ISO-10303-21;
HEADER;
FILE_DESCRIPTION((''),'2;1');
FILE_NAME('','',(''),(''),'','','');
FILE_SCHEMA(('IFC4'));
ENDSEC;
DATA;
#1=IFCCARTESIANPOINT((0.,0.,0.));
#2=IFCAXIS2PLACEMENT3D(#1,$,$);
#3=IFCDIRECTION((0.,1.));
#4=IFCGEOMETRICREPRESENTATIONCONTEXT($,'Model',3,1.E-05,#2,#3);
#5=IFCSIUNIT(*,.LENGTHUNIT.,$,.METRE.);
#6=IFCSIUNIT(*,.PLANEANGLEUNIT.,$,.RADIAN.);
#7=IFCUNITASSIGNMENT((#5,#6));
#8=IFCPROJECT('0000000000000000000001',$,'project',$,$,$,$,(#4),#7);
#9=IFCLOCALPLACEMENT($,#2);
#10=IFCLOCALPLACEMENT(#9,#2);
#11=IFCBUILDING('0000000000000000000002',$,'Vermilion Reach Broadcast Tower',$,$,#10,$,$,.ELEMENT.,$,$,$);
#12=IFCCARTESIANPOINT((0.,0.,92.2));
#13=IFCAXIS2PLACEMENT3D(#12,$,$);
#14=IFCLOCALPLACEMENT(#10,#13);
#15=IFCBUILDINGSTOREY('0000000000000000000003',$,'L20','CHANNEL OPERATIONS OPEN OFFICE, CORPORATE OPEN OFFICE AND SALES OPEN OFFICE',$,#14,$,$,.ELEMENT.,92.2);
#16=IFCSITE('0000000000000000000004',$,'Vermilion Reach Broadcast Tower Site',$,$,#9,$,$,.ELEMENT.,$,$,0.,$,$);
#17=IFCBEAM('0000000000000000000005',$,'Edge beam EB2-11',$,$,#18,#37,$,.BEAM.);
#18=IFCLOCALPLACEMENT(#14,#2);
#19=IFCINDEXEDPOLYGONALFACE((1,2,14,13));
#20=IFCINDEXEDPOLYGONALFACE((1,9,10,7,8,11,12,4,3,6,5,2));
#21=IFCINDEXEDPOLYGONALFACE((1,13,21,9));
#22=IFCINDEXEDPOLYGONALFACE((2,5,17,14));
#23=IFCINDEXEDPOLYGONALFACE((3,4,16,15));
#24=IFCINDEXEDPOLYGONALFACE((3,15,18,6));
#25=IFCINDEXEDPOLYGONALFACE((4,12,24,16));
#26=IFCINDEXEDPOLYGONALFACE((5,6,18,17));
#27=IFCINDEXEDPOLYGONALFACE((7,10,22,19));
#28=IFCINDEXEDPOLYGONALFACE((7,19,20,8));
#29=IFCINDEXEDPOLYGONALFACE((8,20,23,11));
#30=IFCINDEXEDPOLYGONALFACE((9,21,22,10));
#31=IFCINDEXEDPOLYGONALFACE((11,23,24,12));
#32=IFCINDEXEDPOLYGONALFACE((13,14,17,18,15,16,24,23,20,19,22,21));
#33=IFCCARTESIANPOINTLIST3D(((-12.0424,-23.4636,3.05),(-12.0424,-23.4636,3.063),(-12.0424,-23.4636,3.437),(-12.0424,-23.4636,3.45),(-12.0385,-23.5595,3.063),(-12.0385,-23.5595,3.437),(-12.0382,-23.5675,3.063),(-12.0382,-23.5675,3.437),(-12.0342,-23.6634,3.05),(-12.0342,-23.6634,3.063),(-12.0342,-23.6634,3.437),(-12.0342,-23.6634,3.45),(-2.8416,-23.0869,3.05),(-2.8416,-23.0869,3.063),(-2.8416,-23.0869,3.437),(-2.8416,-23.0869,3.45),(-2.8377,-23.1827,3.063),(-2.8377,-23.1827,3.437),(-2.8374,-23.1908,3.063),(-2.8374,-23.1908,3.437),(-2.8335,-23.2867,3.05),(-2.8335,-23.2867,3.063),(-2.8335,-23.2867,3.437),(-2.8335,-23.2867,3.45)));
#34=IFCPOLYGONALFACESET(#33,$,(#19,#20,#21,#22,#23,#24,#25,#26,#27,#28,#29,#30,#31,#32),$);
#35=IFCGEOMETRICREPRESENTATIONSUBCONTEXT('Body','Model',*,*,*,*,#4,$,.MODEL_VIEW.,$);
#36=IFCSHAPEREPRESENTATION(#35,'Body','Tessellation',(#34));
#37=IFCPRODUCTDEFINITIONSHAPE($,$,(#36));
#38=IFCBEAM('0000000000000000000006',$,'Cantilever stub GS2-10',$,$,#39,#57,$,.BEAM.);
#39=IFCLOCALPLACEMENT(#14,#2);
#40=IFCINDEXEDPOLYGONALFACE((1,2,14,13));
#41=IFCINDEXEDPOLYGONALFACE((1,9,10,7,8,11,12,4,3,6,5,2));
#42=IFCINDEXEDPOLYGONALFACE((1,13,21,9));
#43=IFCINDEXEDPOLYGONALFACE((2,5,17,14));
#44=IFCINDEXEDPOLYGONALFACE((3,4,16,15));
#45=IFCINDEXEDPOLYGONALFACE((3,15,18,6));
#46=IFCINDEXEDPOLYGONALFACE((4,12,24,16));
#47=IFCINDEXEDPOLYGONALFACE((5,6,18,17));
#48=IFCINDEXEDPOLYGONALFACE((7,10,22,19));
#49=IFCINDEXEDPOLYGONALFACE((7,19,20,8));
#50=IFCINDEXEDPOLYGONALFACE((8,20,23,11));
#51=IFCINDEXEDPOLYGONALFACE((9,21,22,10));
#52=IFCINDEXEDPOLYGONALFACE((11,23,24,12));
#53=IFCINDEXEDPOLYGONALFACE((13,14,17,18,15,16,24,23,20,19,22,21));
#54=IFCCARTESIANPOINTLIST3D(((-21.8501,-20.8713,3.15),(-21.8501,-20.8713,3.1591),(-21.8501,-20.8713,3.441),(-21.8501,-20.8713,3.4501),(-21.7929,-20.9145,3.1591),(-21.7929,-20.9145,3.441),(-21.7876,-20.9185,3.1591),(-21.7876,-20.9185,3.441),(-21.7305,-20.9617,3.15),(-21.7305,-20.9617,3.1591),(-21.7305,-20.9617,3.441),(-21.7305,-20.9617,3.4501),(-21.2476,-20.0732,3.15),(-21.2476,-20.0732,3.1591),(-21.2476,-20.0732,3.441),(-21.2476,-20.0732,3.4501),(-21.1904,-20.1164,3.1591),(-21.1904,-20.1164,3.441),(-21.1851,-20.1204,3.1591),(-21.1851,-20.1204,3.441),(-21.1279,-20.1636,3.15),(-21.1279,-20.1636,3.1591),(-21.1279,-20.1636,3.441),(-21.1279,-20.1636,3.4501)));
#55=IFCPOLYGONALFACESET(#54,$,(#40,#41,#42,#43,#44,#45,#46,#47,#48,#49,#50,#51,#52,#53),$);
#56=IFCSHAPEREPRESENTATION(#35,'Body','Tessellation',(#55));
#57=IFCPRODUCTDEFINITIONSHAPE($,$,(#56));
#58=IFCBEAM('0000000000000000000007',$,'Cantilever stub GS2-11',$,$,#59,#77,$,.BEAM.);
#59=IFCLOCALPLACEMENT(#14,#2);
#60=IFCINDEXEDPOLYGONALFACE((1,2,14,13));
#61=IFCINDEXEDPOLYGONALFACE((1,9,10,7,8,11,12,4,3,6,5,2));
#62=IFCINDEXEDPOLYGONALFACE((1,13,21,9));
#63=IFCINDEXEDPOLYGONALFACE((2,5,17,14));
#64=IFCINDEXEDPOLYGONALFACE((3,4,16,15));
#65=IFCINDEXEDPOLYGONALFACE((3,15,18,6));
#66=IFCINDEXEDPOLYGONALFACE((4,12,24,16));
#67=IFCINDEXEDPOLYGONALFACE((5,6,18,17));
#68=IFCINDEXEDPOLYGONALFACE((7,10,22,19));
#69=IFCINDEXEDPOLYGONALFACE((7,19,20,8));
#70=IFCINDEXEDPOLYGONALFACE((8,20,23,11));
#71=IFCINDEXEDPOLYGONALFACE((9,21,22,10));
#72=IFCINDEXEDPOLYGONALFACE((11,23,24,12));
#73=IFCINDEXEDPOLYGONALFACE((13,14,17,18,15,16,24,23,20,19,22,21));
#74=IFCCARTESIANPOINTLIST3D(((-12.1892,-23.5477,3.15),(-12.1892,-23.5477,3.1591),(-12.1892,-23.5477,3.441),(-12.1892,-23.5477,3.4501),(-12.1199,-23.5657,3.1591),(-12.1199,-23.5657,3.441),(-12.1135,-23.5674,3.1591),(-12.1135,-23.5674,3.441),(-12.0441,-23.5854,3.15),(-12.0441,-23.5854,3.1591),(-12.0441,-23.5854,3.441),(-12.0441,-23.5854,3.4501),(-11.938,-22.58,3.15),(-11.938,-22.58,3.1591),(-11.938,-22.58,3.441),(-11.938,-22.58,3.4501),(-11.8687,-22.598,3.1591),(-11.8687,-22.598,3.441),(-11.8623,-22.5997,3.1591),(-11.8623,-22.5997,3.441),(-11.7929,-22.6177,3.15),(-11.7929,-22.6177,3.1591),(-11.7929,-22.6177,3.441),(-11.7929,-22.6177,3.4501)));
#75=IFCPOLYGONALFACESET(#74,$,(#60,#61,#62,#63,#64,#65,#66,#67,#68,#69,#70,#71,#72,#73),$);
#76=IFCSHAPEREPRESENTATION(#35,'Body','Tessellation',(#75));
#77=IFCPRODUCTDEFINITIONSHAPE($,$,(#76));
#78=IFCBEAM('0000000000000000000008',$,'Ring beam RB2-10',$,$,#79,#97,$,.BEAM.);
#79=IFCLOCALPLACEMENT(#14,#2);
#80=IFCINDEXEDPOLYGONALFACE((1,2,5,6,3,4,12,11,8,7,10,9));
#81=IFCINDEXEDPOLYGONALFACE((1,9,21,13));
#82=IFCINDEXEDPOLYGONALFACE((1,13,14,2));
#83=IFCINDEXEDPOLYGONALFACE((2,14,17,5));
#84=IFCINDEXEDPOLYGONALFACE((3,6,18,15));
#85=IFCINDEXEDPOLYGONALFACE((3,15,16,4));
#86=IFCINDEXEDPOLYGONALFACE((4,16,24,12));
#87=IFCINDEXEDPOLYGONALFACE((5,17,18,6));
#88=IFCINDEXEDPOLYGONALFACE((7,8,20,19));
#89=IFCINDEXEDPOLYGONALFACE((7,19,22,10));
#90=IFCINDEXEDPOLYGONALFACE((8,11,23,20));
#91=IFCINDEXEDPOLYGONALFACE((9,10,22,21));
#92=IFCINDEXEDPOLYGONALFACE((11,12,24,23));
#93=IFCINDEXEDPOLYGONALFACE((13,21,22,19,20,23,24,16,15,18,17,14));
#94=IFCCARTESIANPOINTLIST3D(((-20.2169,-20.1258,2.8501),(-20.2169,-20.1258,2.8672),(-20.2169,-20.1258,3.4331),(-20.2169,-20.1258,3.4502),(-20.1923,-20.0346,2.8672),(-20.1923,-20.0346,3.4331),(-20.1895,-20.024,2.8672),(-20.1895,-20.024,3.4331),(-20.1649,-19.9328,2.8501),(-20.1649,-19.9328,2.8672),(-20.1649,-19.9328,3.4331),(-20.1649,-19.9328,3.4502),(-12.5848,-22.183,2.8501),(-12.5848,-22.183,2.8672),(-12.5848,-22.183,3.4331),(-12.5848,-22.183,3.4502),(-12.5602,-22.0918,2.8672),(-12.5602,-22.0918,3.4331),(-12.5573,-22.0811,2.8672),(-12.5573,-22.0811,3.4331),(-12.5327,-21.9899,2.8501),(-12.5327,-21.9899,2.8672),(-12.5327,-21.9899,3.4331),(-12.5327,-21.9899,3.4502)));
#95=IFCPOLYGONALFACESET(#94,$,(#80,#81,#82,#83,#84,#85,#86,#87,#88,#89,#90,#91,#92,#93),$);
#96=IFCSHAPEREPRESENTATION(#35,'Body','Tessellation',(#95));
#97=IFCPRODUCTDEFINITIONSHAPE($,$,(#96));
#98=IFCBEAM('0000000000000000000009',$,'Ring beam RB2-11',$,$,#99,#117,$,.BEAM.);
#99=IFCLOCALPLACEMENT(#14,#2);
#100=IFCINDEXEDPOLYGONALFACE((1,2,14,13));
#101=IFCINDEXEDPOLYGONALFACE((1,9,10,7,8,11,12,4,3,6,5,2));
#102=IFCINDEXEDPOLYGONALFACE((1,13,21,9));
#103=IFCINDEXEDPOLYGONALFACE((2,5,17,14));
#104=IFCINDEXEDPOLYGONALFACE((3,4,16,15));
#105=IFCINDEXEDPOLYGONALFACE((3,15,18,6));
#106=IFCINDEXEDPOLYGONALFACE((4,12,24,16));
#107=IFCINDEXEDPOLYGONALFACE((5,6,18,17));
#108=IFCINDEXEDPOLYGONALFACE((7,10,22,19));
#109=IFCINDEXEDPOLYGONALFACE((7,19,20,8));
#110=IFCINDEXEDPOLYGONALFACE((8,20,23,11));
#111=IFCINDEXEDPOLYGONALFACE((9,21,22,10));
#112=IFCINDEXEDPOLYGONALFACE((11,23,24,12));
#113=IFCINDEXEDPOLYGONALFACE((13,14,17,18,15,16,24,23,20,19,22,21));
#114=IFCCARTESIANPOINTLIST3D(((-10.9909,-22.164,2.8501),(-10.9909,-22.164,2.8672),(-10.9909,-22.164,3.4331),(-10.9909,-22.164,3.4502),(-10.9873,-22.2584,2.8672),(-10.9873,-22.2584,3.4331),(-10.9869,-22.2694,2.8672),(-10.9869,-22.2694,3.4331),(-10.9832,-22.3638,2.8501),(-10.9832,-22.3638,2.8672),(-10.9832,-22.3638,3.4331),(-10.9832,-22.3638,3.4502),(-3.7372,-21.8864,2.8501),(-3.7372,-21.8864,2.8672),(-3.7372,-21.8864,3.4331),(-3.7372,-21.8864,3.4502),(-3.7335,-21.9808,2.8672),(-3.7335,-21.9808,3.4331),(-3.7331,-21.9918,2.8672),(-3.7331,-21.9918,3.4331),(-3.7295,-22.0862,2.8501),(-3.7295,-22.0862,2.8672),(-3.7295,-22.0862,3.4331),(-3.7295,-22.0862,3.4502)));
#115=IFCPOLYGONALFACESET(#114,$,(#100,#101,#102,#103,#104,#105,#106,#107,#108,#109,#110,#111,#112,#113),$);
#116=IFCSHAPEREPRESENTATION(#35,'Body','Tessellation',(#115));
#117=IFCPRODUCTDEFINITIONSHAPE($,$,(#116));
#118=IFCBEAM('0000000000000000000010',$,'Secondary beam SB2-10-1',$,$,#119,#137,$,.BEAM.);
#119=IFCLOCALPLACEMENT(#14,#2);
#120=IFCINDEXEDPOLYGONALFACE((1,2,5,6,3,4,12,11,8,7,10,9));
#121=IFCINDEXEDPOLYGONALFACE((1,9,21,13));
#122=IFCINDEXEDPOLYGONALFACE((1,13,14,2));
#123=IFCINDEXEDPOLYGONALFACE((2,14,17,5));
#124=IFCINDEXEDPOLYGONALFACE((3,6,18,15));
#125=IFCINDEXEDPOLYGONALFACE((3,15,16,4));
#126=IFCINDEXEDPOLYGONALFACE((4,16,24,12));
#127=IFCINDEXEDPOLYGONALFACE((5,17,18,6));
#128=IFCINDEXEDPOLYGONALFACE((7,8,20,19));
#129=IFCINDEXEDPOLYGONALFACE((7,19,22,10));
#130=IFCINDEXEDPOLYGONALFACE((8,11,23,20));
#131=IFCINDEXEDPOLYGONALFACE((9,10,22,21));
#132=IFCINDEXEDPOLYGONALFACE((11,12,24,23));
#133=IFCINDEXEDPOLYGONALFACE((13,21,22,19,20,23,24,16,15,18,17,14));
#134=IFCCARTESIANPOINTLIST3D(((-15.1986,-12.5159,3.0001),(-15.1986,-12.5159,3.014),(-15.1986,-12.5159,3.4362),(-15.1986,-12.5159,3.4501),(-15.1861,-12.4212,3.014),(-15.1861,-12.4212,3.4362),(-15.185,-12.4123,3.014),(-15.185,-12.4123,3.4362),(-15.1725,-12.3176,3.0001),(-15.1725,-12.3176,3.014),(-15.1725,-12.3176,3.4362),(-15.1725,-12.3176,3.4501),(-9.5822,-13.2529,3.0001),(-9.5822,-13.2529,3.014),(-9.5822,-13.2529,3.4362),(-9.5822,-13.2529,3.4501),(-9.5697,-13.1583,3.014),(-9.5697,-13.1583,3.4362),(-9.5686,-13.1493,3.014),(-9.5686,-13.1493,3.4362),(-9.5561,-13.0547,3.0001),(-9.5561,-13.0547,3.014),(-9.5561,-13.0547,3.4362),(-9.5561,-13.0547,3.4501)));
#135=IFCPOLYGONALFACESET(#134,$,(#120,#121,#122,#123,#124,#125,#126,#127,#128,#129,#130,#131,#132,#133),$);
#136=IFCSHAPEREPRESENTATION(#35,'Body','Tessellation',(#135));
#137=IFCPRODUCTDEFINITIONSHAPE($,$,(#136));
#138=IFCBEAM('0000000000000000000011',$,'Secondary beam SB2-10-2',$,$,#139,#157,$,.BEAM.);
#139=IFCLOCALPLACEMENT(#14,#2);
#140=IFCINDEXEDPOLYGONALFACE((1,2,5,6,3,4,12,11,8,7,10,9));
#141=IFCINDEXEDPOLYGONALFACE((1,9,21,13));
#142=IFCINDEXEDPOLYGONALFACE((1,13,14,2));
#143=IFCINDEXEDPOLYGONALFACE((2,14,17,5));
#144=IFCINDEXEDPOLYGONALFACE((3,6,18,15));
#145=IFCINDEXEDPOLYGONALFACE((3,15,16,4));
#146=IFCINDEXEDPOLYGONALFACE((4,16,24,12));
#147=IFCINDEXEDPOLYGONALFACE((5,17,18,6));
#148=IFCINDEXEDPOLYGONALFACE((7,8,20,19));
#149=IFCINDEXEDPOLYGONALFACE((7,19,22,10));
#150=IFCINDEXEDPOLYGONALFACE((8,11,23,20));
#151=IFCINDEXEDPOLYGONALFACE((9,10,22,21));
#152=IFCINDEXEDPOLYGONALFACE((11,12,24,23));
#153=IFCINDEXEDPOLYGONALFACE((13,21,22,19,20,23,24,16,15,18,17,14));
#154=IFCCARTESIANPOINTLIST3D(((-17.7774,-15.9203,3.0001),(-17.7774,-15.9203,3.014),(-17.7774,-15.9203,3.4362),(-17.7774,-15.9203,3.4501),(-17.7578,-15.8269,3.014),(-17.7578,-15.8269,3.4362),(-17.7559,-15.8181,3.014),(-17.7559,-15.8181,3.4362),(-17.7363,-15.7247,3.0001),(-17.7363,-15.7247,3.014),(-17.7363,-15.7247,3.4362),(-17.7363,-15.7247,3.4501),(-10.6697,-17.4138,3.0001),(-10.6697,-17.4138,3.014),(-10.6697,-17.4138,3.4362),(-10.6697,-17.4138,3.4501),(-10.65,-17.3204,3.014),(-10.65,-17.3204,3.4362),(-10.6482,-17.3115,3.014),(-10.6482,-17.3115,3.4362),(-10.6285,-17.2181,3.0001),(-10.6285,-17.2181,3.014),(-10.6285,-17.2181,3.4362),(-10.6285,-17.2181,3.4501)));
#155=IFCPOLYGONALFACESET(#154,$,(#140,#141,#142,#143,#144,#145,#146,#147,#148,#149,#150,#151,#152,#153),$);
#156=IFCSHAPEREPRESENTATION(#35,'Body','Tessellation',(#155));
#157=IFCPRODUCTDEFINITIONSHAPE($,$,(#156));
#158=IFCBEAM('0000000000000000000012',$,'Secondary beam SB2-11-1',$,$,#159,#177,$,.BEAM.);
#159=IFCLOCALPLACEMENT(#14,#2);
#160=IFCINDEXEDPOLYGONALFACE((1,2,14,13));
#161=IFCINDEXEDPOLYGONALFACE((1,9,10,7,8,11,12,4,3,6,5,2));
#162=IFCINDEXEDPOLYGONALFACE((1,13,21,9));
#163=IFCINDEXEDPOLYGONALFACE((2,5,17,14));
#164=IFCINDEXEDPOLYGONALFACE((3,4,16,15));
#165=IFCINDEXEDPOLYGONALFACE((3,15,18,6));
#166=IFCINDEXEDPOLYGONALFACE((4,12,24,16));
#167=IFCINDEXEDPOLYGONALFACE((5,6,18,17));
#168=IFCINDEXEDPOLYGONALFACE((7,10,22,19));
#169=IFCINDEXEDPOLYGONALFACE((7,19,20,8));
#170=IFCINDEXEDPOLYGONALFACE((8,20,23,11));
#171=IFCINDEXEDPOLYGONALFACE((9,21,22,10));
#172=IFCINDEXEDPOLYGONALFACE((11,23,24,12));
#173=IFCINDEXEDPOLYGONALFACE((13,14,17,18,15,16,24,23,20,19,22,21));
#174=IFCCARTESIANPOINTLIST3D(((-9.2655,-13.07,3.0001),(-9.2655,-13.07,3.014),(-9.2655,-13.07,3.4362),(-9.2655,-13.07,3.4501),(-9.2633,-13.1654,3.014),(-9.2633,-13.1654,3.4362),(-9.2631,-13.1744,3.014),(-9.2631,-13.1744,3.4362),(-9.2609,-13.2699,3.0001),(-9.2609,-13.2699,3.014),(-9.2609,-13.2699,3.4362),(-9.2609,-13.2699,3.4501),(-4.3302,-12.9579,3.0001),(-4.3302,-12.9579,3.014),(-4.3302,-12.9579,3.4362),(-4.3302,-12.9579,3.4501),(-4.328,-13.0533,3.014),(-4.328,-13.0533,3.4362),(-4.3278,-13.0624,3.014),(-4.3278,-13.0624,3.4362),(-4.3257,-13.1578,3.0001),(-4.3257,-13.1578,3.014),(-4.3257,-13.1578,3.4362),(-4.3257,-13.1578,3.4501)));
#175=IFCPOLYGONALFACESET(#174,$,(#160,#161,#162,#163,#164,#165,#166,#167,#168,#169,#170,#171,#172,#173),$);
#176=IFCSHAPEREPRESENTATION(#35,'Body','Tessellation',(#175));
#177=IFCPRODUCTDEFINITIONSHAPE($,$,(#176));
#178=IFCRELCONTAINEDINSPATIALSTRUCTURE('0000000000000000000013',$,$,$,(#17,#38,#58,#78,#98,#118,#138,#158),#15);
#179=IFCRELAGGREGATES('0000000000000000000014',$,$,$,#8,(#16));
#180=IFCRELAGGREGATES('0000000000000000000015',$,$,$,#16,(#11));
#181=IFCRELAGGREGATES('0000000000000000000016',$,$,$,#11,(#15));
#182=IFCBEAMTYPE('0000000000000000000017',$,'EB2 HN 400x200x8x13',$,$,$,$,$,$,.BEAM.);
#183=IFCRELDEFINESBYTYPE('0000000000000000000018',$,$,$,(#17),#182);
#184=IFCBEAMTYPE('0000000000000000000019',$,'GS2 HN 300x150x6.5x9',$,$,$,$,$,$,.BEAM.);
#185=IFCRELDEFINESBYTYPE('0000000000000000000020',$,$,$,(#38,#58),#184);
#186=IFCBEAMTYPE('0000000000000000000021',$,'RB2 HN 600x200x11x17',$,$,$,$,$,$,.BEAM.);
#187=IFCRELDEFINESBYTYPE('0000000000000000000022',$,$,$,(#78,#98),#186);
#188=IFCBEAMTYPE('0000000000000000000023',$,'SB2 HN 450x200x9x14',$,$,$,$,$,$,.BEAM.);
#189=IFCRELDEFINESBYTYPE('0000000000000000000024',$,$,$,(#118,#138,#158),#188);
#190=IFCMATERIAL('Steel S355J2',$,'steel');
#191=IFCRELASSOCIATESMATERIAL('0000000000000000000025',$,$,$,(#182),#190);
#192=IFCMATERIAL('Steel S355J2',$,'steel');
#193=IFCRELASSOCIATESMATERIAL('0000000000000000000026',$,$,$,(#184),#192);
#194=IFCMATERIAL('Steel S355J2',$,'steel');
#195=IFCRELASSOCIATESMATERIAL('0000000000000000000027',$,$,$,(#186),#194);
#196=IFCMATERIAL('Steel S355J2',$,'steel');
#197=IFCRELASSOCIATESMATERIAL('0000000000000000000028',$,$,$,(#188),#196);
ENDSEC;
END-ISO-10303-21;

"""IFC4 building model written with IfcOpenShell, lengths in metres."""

from ifc_helpers import new_model, si_unit, direction, frame, origin, origin_2d, place, context, subcontext, project, spatial, i_section, extrude, material, material_profile, profile_set, type_object, element, save


model = new_model("IFC4")

# Units and contexts
model_context = context("Model", 3, precision=1e-05, world=origin(), true_north=direction((0.0, 1.0)))
body_context = subcontext(model_context, "Body", "Model", "MODEL_VIEW")
ifc_project = project(units=[si_unit("LENGTHUNIT", "METRE"), si_unit("PLANEANGLEUNIT", "RADIAN")], contexts=[model_context])

# Site, building, storey
site_placement = place(None, origin())
site = spatial("IfcSite", under=ifc_project, at=site_placement, Name="Vermilion Reach Broadcast Tower Site", CompositionType="ELEMENT", RefElevation=0.0)
building_placement = place(site_placement, origin())
building = spatial("IfcBuilding", under=site, at=building_placement, Name="Vermilion Reach Broadcast Tower", CompositionType="ELEMENT")
storey_placement = place(building_placement, frame((0.0, 0.0, 92.2)))
storey = spatial("IfcBuildingStorey", under=building, at=storey_placement, Name="L20", Description="CHANNEL OPERATIONS OPEN OFFICE, CORPORATE OPEN OFFICE AND SALES OPEN OFFICE", CompositionType="ELEMENT", Elevation=92.2)

# Beams
ifc_material_1 = material(Name="Steel S355J2", Category="steel")
ifc_material_profile_1 = material_profile(ifc_material_1, i_section(OverallWidth=0.2, OverallDepth=0.3999, WebThickness=0.0081, FlangeThickness=0.0129, at=origin_2d()), Name="S355J2 HN 400x200x8x13")
ifc_profile_set_1 = profile_set([ifc_material_profile_1], Name="Steel S355J2")
beam_type_1 = type_object("IfcBeamType", Name="EB2 HN 400x200x8x13", PredefinedType="BEAM", material=ifc_profile_set_1)
beam_1_placement = place(storey_placement, frame((-12.0383, -23.5635, 3.25), z_axis=(0.999163, 0.040909, 0.0), x_axis=(-0.040909, 0.999163, 0.0)))
element("IfcBeam", 1, at=beam_1_placement, inside=storey, type_object=beam_type_1, Name="Edge beam EB2-11", PredefinedType="BEAM", context=body_context, shape_type="SweptSolid", body=[
    extrude(i_section(OverallWidth=0.2, OverallDepth=0.3999, WebThickness=0.0081, FlangeThickness=0.0129, at=origin_2d()), origin(), (0.0, 0.0, 1.0), 9.2085),
])
ifc_material_2 = material(Name="Steel S355J2", Category="steel")
ifc_material_profile_2 = material_profile(ifc_material_2, i_section(OverallWidth=0.1499, OverallDepth=0.3, WebThickness=0.0066, FlangeThickness=0.009, at=origin_2d()), Name="S355J2 HN 300x150x6.5x9")
ifc_profile_set_2 = profile_set([ifc_material_profile_2], Name="Steel S355J2")
beam_type_2 = type_object("IfcBeamType", Name="GS2 HN 300x150x6.5x9", PredefinedType="BEAM", material=ifc_profile_set_2)
beam_2_placement = place(storey_placement, frame((-21.1877, -20.1184, 3.3), z_axis=(-0.602536, -0.798092, 0.0), x_axis=(0.798092, -0.602536, 0.0)))
element("IfcBeam", 2, at=beam_2_placement, inside=storey, type_object=beam_type_2, Name="Cantilever stub GS2-10", PredefinedType="BEAM", context=body_context, shape_type="SweptSolid", body=[
    extrude(i_section(OverallWidth=0.1499, OverallDepth=0.3, WebThickness=0.0066, FlangeThickness=0.009, at=origin_2d()), origin(), (0.0, 0.0, 1.0), 1.0),
])
beam_3_placement = place(storey_placement, frame((-11.8655, -22.5989, 3.3), z_axis=(-0.251259, -0.96792, 0.0), x_axis=(0.96792, -0.251259, 0.0)))
element("IfcBeam", 3, at=beam_3_placement, inside=storey, type_object=beam_type_2, Name="Cantilever stub GS2-11", PredefinedType="BEAM", context=body_context, shape_type="SweptSolid", body=[
    extrude(i_section(OverallWidth=0.1499, OverallDepth=0.3, WebThickness=0.0066, FlangeThickness=0.009, at=origin_2d()), origin(), (0.0, 0.0, 1.0), 0.9998),
])
ifc_material_3 = material(Name="Steel S355J2", Category="steel")
ifc_material_profile_3 = material_profile(ifc_material_3, i_section(OverallWidth=0.2, OverallDepth=0.6001, WebThickness=0.011, FlangeThickness=0.0171, at=origin_2d()), Name="S355J2 HN 600x200x11x17")
ifc_profile_set_3 = profile_set([ifc_material_profile_3], Name="Steel S355J2")
beam_type_3 = type_object("IfcBeamType", Name="RB2 HN 600x200x11x17", PredefinedType="BEAM", material=ifc_profile_set_3)
beam_4_placement = place(storey_placement, frame((-20.1909, -20.0293, 3.1501), z_axis=(0.965541, -0.260249, 0.0), x_axis=(0.260249, 0.965541, 0.0)))
element("IfcBeam", 4, at=beam_4_placement, inside=storey, type_object=beam_type_3, Name="Ring beam RB2-10", PredefinedType="BEAM", context=body_context, shape_type="SweptSolid", body=[
    extrude(i_section(OverallWidth=0.2, OverallDepth=0.6001, WebThickness=0.011, FlangeThickness=0.0171, at=origin_2d()), origin(), (0.0, 0.0, 1.0), 7.9045),
])
beam_5_placement = place(storey_placement, frame((-10.9871, -22.2639, 3.1501), z_axis=(0.999269, 0.038241, 0.0), x_axis=(-0.038241, 0.999269, 0.0)))
element("IfcBeam", 5, at=beam_5_placement, inside=storey, type_object=beam_type_3, Name="Ring beam RB2-11", PredefinedType="BEAM", context=body_context, shape_type="SweptSolid", body=[
    extrude(i_section(OverallWidth=0.2, OverallDepth=0.6001, WebThickness=0.011, FlangeThickness=0.0171, at=origin_2d()), origin(), (0.0, 0.0, 1.0), 7.259),
])
ifc_material_4 = material(Name="Steel S355J2", Category="steel")
ifc_material_profile_4 = material_profile(ifc_material_4, i_section(OverallWidth=0.2, OverallDepth=0.45, WebThickness=0.009, FlangeThickness=0.0139, at=origin_2d()), Name="S355J2 HN 450x200x9x14")
ifc_profile_set_4 = profile_set([ifc_material_profile_4], Name="Steel S355J2")
beam_type_4 = type_object("IfcBeamType", Name="SB2 HN 450x200x9x14", PredefinedType="BEAM", material=ifc_profile_set_4)
beam_6_placement = place(storey_placement, frame((-15.1855, -12.4167, 3.2251), z_axis=(0.991499, -0.130117, 0.0), x_axis=(0.130117, 0.991499, 0.0)))
element("IfcBeam", 6, at=beam_6_placement, inside=storey, type_object=beam_type_4, Name="Secondary beam SB2-10-1", PredefinedType="BEAM", context=body_context, shape_type="SweptSolid", body=[
    extrude(i_section(OverallWidth=0.2, OverallDepth=0.45, WebThickness=0.009, FlangeThickness=0.0139, at=origin_2d()), origin(), (0.0, 0.0, 1.0), 5.6646),
])
beam_7_placement = place(storey_placement, frame((-17.7568, -15.8225, 3.2251), z_axis=(0.978631, -0.205623, 0.0), x_axis=(0.205623, 0.978631, 0.0)))
element("IfcBeam", 7, at=beam_7_placement, inside=storey, type_object=beam_type_4, Name="Secondary beam SB2-10-2", PredefinedType="BEAM", context=body_context, shape_type="SweptSolid", body=[
    extrude(i_section(OverallWidth=0.2, OverallDepth=0.45, WebThickness=0.009, FlangeThickness=0.0139, at=origin_2d()), origin(), (0.0, 0.0, 1.0), 7.2629),
])
beam_8_placement = place(storey_placement, frame((-9.2632, -13.1699, 3.2251), z_axis=(0.999742, 0.0227, 0.0), x_axis=(-0.0227, 0.999742, 0.0)))
element("IfcBeam", 8, at=beam_8_placement, inside=storey, type_object=beam_type_4, Name="Secondary beam SB2-11-1", PredefinedType="BEAM", context=body_context, shape_type="SweptSolid", body=[
    extrude(i_section(OverallWidth=0.2, OverallDepth=0.45, WebThickness=0.009, FlangeThickness=0.0139, at=origin_2d()), origin(), (0.0, 0.0, 1.0), 4.9365),
])

save(model, "model.ifc")
